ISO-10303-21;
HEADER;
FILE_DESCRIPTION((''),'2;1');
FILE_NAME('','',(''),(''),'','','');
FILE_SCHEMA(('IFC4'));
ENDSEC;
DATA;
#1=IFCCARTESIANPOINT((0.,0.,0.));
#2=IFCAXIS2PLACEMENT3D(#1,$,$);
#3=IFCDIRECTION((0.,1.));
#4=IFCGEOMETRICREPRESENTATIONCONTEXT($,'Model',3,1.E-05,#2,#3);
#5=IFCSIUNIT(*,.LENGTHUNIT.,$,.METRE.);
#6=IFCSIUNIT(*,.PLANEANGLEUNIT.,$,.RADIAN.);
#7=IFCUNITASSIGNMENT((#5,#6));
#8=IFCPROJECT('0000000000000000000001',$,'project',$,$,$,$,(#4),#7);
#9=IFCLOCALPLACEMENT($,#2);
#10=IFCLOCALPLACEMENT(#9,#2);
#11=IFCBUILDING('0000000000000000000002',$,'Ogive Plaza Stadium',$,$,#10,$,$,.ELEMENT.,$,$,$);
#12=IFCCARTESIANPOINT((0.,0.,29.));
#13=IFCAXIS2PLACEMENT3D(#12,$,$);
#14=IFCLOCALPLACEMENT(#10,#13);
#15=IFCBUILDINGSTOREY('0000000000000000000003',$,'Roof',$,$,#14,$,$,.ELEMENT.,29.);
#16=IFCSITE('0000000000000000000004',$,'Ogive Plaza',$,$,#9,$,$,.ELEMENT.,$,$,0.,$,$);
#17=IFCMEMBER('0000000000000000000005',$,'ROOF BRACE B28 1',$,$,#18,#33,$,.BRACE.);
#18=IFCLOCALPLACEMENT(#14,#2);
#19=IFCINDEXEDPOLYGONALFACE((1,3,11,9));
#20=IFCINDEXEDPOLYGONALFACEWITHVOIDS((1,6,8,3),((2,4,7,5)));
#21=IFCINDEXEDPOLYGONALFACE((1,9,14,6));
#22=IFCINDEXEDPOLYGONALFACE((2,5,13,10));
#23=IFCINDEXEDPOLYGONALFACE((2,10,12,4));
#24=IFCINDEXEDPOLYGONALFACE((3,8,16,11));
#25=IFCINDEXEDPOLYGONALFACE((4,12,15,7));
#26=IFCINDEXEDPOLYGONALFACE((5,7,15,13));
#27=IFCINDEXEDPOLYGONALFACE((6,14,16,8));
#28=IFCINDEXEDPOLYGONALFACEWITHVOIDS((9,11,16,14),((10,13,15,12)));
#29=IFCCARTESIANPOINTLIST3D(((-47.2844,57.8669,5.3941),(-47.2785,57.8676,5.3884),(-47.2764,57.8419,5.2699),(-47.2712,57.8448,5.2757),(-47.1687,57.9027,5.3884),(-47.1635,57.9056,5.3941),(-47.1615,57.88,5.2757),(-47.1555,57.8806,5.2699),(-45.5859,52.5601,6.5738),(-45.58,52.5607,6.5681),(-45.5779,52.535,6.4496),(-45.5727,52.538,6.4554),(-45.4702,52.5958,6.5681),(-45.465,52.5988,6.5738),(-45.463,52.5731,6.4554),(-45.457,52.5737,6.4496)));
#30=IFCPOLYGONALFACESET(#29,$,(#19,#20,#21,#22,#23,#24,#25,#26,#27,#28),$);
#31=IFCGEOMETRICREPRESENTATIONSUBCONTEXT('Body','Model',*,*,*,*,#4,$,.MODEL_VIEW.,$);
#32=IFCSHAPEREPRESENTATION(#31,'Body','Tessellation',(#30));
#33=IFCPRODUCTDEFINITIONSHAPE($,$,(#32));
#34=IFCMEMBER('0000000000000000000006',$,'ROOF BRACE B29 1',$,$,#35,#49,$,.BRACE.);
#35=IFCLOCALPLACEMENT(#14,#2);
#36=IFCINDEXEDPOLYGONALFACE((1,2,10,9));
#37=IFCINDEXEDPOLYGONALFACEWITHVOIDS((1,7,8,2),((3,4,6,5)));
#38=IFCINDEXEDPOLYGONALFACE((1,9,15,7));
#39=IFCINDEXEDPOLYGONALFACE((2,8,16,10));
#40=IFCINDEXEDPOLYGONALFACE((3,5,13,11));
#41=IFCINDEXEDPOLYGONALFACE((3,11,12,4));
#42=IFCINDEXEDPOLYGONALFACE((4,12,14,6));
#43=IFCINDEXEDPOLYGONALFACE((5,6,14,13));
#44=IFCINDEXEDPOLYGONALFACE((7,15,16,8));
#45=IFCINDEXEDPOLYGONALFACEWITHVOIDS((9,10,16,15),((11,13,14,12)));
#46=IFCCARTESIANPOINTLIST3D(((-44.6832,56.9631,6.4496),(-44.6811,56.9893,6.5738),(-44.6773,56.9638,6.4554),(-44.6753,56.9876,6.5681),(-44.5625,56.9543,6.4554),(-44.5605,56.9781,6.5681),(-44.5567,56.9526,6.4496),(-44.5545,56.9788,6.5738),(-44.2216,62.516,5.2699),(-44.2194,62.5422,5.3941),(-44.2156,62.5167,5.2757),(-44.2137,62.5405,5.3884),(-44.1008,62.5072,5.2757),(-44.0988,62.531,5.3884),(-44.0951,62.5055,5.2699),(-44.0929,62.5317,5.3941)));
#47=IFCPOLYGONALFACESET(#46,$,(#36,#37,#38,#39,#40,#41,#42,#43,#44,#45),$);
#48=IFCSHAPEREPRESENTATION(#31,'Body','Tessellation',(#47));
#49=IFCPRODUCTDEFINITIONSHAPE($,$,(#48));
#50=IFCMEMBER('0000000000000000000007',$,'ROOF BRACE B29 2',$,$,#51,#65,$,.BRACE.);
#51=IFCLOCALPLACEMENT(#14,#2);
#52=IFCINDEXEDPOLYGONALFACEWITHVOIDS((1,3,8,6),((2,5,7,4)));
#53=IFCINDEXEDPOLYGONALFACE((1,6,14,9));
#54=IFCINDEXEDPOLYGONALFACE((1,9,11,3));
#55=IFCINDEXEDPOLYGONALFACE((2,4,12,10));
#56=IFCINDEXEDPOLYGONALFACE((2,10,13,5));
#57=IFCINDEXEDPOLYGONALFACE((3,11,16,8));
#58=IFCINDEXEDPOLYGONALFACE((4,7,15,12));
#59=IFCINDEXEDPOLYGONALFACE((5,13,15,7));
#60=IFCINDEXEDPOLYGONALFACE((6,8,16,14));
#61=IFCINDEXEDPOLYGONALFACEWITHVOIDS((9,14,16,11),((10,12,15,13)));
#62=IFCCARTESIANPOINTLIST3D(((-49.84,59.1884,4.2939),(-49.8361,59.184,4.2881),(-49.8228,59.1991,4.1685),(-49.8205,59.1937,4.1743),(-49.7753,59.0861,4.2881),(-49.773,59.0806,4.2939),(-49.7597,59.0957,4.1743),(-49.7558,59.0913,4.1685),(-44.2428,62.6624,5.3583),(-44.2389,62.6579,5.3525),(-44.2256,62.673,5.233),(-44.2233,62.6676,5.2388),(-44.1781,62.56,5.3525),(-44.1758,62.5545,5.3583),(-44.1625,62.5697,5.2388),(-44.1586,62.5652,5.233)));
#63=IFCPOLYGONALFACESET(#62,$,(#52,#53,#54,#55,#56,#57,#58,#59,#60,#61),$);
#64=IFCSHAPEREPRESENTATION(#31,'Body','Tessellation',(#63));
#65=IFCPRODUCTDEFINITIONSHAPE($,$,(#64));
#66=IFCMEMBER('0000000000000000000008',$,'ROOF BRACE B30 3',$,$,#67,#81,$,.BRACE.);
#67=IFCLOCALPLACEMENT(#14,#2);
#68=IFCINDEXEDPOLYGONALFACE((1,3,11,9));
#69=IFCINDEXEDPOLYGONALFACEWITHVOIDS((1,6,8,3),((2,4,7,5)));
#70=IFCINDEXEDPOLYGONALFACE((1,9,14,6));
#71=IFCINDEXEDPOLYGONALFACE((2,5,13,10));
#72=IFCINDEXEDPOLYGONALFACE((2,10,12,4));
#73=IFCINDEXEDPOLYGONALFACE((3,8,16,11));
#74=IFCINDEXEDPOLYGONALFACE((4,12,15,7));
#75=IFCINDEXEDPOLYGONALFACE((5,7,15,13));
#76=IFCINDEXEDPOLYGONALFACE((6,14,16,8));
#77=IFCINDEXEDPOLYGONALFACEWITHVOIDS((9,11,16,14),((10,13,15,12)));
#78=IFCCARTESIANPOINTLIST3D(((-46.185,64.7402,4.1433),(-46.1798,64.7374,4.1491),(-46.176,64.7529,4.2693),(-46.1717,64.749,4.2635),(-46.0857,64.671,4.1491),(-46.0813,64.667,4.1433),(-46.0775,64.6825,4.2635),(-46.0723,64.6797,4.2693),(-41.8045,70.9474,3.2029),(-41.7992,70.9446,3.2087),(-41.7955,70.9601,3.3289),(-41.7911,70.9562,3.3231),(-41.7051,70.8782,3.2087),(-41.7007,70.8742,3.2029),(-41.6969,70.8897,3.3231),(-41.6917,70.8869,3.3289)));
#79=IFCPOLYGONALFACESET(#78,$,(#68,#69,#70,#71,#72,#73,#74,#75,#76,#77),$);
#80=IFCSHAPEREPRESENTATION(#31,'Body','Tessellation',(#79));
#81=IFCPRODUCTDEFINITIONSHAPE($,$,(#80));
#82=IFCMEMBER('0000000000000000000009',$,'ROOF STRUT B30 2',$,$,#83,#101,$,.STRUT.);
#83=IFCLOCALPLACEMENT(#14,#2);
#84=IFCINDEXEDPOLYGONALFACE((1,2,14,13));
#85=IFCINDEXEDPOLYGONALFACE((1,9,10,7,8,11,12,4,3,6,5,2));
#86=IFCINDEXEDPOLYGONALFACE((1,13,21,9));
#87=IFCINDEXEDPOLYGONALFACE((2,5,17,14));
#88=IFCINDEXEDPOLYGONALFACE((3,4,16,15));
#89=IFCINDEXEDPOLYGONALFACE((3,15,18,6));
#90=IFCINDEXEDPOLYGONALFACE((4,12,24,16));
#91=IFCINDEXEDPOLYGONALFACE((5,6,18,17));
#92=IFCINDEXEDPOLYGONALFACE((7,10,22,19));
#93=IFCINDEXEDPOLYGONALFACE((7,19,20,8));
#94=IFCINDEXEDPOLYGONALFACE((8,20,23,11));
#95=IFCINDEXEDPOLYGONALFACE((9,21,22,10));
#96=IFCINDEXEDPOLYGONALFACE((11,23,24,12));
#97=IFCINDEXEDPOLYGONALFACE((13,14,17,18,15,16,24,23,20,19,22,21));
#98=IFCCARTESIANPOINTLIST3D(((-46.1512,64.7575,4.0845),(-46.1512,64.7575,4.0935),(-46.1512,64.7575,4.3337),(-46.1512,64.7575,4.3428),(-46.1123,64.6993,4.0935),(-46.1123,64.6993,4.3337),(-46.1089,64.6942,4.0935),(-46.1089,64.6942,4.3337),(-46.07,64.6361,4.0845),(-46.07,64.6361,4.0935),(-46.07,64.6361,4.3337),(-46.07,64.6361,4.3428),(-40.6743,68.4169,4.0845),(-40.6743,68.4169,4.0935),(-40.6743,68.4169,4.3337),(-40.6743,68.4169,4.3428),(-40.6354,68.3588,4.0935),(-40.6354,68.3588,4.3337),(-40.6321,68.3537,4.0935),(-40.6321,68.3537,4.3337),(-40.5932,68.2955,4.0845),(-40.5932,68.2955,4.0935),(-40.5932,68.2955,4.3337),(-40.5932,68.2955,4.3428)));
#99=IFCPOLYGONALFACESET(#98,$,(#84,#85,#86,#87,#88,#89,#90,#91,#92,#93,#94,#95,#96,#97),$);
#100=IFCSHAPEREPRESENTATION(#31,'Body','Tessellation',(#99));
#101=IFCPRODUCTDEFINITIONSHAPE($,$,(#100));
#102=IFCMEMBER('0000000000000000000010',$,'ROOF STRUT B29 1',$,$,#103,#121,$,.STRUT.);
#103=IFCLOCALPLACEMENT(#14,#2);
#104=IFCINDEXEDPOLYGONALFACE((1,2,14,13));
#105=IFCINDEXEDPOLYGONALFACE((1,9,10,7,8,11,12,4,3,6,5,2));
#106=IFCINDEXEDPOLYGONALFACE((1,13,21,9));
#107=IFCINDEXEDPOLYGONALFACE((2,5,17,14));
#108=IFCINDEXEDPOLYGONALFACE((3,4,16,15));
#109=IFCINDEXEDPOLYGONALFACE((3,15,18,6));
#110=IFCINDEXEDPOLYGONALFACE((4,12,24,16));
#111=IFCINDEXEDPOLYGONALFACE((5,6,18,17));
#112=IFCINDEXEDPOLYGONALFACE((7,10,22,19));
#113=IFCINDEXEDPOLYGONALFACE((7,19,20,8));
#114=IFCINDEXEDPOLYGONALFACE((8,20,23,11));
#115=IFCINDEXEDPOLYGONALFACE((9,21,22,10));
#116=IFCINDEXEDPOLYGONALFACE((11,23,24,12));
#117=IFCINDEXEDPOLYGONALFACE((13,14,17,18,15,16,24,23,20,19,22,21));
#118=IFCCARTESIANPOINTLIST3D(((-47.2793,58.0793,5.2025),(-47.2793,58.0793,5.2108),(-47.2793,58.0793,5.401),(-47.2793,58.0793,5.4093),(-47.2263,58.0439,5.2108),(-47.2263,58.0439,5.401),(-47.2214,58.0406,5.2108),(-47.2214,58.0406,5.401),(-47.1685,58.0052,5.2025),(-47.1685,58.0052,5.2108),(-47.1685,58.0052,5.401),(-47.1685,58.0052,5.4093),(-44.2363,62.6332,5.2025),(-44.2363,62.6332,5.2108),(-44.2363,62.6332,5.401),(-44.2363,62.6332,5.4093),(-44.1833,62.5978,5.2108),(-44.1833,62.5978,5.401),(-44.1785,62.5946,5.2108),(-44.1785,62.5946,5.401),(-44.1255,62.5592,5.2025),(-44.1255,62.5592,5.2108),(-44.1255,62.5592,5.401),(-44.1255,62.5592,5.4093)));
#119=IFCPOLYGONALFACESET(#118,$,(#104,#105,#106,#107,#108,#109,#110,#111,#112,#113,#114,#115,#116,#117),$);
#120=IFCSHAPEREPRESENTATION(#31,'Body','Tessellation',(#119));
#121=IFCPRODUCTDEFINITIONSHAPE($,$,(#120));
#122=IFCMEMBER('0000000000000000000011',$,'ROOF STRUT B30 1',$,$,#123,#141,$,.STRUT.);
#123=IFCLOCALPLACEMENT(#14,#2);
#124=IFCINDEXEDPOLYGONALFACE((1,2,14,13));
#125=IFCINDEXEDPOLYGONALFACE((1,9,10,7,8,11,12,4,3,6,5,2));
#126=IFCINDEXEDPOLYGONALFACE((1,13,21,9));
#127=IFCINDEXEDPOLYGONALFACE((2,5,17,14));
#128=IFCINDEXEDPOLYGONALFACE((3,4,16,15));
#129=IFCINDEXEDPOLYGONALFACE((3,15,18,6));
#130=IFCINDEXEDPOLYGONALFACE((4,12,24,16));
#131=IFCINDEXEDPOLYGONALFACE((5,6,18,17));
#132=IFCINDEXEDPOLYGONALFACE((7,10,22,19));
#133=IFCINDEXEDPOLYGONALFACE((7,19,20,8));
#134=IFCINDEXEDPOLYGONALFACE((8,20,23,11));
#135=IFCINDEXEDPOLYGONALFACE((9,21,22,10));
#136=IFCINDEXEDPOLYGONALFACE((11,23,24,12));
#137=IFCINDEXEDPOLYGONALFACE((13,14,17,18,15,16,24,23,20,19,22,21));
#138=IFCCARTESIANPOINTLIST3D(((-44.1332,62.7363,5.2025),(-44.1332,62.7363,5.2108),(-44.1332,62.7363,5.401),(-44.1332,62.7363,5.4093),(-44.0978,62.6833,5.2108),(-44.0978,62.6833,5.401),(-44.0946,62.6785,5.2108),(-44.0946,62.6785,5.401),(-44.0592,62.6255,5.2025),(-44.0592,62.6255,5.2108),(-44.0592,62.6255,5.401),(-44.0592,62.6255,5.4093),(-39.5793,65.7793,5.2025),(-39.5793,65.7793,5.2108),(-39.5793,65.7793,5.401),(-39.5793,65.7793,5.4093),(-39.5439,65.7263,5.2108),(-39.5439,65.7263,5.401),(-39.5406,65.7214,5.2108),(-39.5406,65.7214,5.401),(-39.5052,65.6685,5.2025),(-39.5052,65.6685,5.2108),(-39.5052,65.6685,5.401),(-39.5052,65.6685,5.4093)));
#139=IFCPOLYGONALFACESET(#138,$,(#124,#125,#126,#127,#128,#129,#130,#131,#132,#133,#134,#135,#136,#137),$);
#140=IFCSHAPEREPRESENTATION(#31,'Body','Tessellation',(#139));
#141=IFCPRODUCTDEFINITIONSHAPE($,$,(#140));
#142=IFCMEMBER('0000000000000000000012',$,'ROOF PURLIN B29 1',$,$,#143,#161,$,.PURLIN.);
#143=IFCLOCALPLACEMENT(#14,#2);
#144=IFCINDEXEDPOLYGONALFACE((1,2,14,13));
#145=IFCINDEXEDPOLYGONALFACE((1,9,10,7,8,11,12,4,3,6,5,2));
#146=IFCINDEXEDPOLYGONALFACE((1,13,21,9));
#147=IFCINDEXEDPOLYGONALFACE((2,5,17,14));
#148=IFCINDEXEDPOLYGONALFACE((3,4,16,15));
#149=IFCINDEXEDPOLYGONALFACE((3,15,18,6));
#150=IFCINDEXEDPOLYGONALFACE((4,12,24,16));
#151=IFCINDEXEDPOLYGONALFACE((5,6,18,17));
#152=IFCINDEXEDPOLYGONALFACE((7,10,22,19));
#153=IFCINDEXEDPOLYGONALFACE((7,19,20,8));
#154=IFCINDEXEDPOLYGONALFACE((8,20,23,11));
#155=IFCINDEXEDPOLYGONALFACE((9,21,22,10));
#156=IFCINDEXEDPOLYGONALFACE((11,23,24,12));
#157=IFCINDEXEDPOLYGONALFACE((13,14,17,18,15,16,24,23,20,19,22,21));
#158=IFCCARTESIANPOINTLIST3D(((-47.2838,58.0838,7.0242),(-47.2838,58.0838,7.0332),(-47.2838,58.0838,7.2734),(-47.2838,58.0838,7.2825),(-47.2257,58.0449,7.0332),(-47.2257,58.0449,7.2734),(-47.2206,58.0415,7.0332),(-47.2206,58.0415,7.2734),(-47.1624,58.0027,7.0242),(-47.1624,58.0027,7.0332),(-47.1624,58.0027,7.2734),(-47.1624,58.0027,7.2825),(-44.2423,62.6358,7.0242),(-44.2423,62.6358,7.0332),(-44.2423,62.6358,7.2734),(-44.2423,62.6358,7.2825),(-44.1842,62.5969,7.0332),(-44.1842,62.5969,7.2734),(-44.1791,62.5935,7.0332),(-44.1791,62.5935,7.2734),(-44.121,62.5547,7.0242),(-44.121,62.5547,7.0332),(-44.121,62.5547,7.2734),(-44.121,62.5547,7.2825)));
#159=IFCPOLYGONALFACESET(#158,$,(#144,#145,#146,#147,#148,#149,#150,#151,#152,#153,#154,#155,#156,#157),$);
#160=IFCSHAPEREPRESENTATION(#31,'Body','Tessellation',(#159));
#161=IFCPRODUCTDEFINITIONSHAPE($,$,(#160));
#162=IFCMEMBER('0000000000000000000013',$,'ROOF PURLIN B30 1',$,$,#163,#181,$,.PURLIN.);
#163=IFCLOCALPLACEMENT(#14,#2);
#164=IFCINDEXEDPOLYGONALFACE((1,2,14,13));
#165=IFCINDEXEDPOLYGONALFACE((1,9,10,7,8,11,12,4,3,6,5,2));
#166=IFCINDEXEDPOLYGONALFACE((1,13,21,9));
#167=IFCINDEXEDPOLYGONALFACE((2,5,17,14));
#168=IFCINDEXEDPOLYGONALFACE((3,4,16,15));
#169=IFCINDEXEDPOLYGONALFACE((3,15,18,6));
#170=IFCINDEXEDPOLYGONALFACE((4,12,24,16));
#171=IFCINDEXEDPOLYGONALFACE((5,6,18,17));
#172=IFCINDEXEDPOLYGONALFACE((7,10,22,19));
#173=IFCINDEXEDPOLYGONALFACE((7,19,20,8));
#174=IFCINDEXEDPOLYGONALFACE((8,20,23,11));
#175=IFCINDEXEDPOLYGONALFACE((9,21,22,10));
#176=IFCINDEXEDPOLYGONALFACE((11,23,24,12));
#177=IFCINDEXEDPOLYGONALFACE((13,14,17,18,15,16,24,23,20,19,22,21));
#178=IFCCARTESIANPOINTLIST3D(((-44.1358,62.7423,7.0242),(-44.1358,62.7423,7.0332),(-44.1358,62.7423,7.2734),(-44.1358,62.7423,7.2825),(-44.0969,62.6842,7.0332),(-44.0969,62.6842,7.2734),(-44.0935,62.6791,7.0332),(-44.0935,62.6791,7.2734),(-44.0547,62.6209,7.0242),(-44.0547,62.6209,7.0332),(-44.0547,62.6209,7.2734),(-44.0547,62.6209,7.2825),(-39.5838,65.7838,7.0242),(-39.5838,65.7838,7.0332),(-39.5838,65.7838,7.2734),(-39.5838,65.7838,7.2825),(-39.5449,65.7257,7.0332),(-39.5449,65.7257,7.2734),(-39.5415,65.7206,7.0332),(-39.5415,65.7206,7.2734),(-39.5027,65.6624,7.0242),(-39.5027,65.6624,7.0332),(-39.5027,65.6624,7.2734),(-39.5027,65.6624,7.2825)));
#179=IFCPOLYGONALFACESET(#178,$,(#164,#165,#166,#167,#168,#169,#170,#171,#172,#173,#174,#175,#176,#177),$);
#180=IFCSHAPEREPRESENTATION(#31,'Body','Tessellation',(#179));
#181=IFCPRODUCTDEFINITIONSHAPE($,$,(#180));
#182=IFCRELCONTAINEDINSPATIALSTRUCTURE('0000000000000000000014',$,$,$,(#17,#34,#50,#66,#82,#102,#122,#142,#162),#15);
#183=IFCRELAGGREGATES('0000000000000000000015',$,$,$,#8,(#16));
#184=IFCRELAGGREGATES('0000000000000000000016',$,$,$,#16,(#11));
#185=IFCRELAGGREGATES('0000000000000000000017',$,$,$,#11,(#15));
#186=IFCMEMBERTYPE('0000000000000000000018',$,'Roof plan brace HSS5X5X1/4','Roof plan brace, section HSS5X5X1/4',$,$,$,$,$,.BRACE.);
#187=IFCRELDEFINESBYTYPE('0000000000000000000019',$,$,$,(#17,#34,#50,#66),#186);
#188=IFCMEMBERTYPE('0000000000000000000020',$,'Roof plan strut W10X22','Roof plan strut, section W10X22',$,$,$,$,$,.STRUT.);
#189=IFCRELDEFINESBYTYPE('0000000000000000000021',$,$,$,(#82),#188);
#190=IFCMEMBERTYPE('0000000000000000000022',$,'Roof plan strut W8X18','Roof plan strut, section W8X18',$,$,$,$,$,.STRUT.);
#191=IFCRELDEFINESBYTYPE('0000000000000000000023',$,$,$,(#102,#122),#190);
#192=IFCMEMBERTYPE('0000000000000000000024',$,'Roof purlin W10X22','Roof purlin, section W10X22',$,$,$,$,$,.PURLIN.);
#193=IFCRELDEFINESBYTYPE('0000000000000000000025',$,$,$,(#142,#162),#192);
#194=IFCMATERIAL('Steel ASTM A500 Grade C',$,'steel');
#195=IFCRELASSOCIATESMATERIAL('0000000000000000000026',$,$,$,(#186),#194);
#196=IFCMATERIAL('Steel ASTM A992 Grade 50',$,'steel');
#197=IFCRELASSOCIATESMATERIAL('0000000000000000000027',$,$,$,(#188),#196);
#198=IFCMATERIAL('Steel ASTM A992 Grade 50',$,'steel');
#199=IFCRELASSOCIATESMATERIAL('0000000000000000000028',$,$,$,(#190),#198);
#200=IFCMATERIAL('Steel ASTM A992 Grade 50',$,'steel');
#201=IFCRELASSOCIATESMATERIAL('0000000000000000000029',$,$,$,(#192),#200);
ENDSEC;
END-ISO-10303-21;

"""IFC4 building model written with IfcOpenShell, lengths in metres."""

from ifc_helpers import new_model, si_unit, direction, frame, origin, origin_2d, place, context, subcontext, project, spatial, hollow_rectangle, i_section, extrude, material, material_profile, profile_set, type_object, element, save


model = new_model("IFC4")

# Units and contexts
model_context = context("Model", 3, precision=1e-05, world=origin(), true_north=direction((0.0, 1.0)))
body_context = subcontext(model_context, "Body", "Model", "MODEL_VIEW")
ifc_project = project(units=[si_unit("LENGTHUNIT", "METRE"), si_unit("PLANEANGLEUNIT", "RADIAN")], contexts=[model_context])

# Site, building, storey
site_placement = place(None, origin())
site = spatial("IfcSite", under=ifc_project, at=site_placement, Name="Ogive Plaza", CompositionType="ELEMENT", RefElevation=0.0)
building_placement = place(site_placement, origin())
building = spatial("IfcBuilding", under=site, at=building_placement, Name="Ogive Plaza Stadium", CompositionType="ELEMENT")
storey_placement = place(building_placement, frame((0.0, 0.0, 29.0)))
storey = spatial("IfcBuildingStorey", under=building, at=storey_placement, Name="Roof", CompositionType="ELEMENT", Elevation=29.0)

# Members
ifc_material_1 = material(Name="Steel ASTM A500 Grade C", Category="steel")
ifc_material_profile_1 = material_profile(ifc_material_1, hollow_rectangle(XDim=0.127, YDim=0.127, WallThickness=0.0059, at=origin_2d()), Name="HSS5X5X1/4")
ifc_profile_set_1 = profile_set([ifc_material_profile_1], Name="Steel ASTM A500 Grade C")
member_type_1 = type_object("IfcMemberType", Name="Roof plan brace HSS5X5X1/4", Description="Roof plan brace, section HSS5X5X1/4", PredefinedType="BRACE", material=ifc_profile_set_1)
for number, where, z_axis, x_axis, name in (
    (1, (-45.5215, 52.5669, 6.5117), (-0.298212, 0.931756, -0.207124), (-0.952409, -0.304822, 0.0), "ROOF BRACE B28 1"),
    (2, (-44.6189, 56.9709, 6.5117), (0.081057, 0.974952, -0.207121), (-0.996562, 0.082853, 0.0), "ROOF BRACE B29 1"),
):
    element("IfcMember", number, at=place(storey_placement, frame(where, z_axis=z_axis, x_axis=x_axis)), inside=storey, type_object=member_type_1, Name=name, PredefinedType="BRACE", context=body_context, shape_type="SweptSolid", body=[
        extrude(hollow_rectangle(XDim=0.127, YDim=0.127, WallThickness=0.0059, at=origin_2d()), origin(), (0.0, 0.0, 1.0), 5.6956),
    ])
member_1_placement = place(storey_placement, frame((-44.2007, 62.6138, 5.2957), z_axis=(-0.838776, -0.520586, -0.159516), x_axis=(0.527338, -0.849656, 0.0)))
element("IfcMember", 3, at=member_1_placement, inside=storey, type_object=member_type_1, Name="ROOF BRACE B29 2", PredefinedType="BRACE", context=body_context, shape_type="SweptSolid", body=[
    extrude(hollow_rectangle(XDim=0.127, YDim=0.127, WallThickness=0.0059, at=origin_2d()), origin(), (0.0, 0.0, 1.0), 6.6731),
])
member_2_placement = place(storey_placement, frame((-46.1287, 64.71, 4.2063), z_axis=(0.572229, 0.810841, -0.122846), x_axis=(-0.817029, 0.576596, 0.0)))
element("IfcMember", 4, at=member_2_placement, inside=storey, type_object=member_type_1, Name="ROOF BRACE B30 3", PredefinedType="BRACE", context=body_context, shape_type="SweptSolid", body=[
    extrude(hollow_rectangle(XDim=0.127, YDim=0.127, WallThickness=0.0059, at=origin_2d()), origin(), (0.0, 0.0, 1.0), 7.6553),
])
ifc_material_2 = material(Name="Steel ASTM A992 Grade 50", Category="steel")
ifc_material_profile_2 = material_profile(ifc_material_2, i_section(OverallWidth=0.146, OverallDepth=0.2583, WebThickness=0.0061, FlangeThickness=0.009, at=origin_2d()), Name="W10X22")
ifc_profile_set_2 = profile_set([ifc_material_profile_2], Name="Steel ASTM A992 Grade 50")
member_type_2 = type_object("IfcMemberType", Name="Roof plan strut W10X22", Description="Roof plan strut, section W10X22", PredefinedType="STRUT", material=ifc_profile_set_2)
member_3_placement = place(storey_placement, frame((-46.1106, 64.6968, 4.2136), z_axis=(0.831474, 0.555564, 0.0), x_axis=(-0.555564, 0.831474, 0.0)))
element("IfcMember", 5, at=member_3_placement, inside=storey, type_object=member_type_2, Name="ROOF STRUT B30 2", PredefinedType="STRUT", context=body_context, shape_type="SweptSolid", body=[
    extrude(i_section(OverallWidth=0.146, OverallDepth=0.2583, WebThickness=0.0061, FlangeThickness=0.009, at=origin_2d()), origin(), (0.0, 0.0, 1.0), 6.5869),
])
ifc_material_3 = material(Name="Steel ASTM A992 Grade 50", Category="steel")
ifc_material_profile_3 = material_profile(ifc_material_3, i_section(OverallWidth=0.1333, OverallDepth=0.2068, WebThickness=0.0059, FlangeThickness=0.0083, at=origin_2d()), Name="W8X18")
ifc_profile_set_3 = profile_set([ifc_material_profile_3], Name="Steel ASTM A992 Grade 50")
member_type_3 = type_object("IfcMemberType", Name="Roof plan strut W8X18", Description="Roof plan strut, section W8X18", PredefinedType="STRUT", material=ifc_profile_set_3)
for number, where, z_axis, x_axis, name in (
    (6, (-47.2239, 58.0422, 5.3059), (0.555585, 0.83146, 0.0), (-0.83146, 0.555585, 0.0), "ROOF STRUT B29 1"),
    (7, (-44.0962, 62.6809, 5.3059), (0.83146, 0.555585, 0.0), (-0.555585, 0.83146, 0.0), "ROOF STRUT B30 1"),
):
    element("IfcMember", number, at=place(storey_placement, frame(where, z_axis=z_axis, x_axis=x_axis)), inside=storey, type_object=member_type_3, Name=name, PredefinedType="STRUT", context=body_context, shape_type="SweptSolid", body=[
        extrude(i_section(OverallWidth=0.1333, OverallDepth=0.2068, WebThickness=0.0059, FlangeThickness=0.0083, at=origin_2d()), origin(), (0.0, 0.0, 1.0), 5.4771),
    ])
ifc_material_4 = material(Name="Steel ASTM A992 Grade 50", Category="steel")
ifc_material_profile_4 = material_profile(ifc_material_4, i_section(OverallWidth=0.146, OverallDepth=0.2583, WebThickness=0.0061, FlangeThickness=0.009, at=origin_2d()), Name="W10X22")
ifc_profile_set_4 = profile_set([ifc_material_profile_4], Name="Steel ASTM A992 Grade 50")
member_type_4 = type_object("IfcMemberType", Name="Roof purlin W10X22", Description="Roof purlin, section W10X22", PredefinedType="PURLIN", material=ifc_profile_set_4)
for number, where, z_axis, x_axis, name in (
    (8, (-47.2231, 58.0432, 7.1533), (0.555564, 0.831474, 0.0), (-0.831474, 0.555564, 0.0), "ROOF PURLIN B29 1"),
    (9, (-44.0952, 62.6816, 7.1533), (0.831474, 0.555564, 0.0), (-0.555564, 0.831474, 0.0), "ROOF PURLIN B30 1"),
):
    element("IfcMember", number, at=place(storey_placement, frame(where, z_axis=z_axis, x_axis=x_axis)), inside=storey, type_object=member_type_4, Name=name, PredefinedType="PURLIN", context=body_context, shape_type="SweptSolid", body=[
        extrude(i_section(OverallWidth=0.146, OverallDepth=0.2583, WebThickness=0.0061, FlangeThickness=0.009, at=origin_2d()), origin(), (0.0, 0.0, 1.0), 5.4746),
    ])

save(model, "model.ifc")
